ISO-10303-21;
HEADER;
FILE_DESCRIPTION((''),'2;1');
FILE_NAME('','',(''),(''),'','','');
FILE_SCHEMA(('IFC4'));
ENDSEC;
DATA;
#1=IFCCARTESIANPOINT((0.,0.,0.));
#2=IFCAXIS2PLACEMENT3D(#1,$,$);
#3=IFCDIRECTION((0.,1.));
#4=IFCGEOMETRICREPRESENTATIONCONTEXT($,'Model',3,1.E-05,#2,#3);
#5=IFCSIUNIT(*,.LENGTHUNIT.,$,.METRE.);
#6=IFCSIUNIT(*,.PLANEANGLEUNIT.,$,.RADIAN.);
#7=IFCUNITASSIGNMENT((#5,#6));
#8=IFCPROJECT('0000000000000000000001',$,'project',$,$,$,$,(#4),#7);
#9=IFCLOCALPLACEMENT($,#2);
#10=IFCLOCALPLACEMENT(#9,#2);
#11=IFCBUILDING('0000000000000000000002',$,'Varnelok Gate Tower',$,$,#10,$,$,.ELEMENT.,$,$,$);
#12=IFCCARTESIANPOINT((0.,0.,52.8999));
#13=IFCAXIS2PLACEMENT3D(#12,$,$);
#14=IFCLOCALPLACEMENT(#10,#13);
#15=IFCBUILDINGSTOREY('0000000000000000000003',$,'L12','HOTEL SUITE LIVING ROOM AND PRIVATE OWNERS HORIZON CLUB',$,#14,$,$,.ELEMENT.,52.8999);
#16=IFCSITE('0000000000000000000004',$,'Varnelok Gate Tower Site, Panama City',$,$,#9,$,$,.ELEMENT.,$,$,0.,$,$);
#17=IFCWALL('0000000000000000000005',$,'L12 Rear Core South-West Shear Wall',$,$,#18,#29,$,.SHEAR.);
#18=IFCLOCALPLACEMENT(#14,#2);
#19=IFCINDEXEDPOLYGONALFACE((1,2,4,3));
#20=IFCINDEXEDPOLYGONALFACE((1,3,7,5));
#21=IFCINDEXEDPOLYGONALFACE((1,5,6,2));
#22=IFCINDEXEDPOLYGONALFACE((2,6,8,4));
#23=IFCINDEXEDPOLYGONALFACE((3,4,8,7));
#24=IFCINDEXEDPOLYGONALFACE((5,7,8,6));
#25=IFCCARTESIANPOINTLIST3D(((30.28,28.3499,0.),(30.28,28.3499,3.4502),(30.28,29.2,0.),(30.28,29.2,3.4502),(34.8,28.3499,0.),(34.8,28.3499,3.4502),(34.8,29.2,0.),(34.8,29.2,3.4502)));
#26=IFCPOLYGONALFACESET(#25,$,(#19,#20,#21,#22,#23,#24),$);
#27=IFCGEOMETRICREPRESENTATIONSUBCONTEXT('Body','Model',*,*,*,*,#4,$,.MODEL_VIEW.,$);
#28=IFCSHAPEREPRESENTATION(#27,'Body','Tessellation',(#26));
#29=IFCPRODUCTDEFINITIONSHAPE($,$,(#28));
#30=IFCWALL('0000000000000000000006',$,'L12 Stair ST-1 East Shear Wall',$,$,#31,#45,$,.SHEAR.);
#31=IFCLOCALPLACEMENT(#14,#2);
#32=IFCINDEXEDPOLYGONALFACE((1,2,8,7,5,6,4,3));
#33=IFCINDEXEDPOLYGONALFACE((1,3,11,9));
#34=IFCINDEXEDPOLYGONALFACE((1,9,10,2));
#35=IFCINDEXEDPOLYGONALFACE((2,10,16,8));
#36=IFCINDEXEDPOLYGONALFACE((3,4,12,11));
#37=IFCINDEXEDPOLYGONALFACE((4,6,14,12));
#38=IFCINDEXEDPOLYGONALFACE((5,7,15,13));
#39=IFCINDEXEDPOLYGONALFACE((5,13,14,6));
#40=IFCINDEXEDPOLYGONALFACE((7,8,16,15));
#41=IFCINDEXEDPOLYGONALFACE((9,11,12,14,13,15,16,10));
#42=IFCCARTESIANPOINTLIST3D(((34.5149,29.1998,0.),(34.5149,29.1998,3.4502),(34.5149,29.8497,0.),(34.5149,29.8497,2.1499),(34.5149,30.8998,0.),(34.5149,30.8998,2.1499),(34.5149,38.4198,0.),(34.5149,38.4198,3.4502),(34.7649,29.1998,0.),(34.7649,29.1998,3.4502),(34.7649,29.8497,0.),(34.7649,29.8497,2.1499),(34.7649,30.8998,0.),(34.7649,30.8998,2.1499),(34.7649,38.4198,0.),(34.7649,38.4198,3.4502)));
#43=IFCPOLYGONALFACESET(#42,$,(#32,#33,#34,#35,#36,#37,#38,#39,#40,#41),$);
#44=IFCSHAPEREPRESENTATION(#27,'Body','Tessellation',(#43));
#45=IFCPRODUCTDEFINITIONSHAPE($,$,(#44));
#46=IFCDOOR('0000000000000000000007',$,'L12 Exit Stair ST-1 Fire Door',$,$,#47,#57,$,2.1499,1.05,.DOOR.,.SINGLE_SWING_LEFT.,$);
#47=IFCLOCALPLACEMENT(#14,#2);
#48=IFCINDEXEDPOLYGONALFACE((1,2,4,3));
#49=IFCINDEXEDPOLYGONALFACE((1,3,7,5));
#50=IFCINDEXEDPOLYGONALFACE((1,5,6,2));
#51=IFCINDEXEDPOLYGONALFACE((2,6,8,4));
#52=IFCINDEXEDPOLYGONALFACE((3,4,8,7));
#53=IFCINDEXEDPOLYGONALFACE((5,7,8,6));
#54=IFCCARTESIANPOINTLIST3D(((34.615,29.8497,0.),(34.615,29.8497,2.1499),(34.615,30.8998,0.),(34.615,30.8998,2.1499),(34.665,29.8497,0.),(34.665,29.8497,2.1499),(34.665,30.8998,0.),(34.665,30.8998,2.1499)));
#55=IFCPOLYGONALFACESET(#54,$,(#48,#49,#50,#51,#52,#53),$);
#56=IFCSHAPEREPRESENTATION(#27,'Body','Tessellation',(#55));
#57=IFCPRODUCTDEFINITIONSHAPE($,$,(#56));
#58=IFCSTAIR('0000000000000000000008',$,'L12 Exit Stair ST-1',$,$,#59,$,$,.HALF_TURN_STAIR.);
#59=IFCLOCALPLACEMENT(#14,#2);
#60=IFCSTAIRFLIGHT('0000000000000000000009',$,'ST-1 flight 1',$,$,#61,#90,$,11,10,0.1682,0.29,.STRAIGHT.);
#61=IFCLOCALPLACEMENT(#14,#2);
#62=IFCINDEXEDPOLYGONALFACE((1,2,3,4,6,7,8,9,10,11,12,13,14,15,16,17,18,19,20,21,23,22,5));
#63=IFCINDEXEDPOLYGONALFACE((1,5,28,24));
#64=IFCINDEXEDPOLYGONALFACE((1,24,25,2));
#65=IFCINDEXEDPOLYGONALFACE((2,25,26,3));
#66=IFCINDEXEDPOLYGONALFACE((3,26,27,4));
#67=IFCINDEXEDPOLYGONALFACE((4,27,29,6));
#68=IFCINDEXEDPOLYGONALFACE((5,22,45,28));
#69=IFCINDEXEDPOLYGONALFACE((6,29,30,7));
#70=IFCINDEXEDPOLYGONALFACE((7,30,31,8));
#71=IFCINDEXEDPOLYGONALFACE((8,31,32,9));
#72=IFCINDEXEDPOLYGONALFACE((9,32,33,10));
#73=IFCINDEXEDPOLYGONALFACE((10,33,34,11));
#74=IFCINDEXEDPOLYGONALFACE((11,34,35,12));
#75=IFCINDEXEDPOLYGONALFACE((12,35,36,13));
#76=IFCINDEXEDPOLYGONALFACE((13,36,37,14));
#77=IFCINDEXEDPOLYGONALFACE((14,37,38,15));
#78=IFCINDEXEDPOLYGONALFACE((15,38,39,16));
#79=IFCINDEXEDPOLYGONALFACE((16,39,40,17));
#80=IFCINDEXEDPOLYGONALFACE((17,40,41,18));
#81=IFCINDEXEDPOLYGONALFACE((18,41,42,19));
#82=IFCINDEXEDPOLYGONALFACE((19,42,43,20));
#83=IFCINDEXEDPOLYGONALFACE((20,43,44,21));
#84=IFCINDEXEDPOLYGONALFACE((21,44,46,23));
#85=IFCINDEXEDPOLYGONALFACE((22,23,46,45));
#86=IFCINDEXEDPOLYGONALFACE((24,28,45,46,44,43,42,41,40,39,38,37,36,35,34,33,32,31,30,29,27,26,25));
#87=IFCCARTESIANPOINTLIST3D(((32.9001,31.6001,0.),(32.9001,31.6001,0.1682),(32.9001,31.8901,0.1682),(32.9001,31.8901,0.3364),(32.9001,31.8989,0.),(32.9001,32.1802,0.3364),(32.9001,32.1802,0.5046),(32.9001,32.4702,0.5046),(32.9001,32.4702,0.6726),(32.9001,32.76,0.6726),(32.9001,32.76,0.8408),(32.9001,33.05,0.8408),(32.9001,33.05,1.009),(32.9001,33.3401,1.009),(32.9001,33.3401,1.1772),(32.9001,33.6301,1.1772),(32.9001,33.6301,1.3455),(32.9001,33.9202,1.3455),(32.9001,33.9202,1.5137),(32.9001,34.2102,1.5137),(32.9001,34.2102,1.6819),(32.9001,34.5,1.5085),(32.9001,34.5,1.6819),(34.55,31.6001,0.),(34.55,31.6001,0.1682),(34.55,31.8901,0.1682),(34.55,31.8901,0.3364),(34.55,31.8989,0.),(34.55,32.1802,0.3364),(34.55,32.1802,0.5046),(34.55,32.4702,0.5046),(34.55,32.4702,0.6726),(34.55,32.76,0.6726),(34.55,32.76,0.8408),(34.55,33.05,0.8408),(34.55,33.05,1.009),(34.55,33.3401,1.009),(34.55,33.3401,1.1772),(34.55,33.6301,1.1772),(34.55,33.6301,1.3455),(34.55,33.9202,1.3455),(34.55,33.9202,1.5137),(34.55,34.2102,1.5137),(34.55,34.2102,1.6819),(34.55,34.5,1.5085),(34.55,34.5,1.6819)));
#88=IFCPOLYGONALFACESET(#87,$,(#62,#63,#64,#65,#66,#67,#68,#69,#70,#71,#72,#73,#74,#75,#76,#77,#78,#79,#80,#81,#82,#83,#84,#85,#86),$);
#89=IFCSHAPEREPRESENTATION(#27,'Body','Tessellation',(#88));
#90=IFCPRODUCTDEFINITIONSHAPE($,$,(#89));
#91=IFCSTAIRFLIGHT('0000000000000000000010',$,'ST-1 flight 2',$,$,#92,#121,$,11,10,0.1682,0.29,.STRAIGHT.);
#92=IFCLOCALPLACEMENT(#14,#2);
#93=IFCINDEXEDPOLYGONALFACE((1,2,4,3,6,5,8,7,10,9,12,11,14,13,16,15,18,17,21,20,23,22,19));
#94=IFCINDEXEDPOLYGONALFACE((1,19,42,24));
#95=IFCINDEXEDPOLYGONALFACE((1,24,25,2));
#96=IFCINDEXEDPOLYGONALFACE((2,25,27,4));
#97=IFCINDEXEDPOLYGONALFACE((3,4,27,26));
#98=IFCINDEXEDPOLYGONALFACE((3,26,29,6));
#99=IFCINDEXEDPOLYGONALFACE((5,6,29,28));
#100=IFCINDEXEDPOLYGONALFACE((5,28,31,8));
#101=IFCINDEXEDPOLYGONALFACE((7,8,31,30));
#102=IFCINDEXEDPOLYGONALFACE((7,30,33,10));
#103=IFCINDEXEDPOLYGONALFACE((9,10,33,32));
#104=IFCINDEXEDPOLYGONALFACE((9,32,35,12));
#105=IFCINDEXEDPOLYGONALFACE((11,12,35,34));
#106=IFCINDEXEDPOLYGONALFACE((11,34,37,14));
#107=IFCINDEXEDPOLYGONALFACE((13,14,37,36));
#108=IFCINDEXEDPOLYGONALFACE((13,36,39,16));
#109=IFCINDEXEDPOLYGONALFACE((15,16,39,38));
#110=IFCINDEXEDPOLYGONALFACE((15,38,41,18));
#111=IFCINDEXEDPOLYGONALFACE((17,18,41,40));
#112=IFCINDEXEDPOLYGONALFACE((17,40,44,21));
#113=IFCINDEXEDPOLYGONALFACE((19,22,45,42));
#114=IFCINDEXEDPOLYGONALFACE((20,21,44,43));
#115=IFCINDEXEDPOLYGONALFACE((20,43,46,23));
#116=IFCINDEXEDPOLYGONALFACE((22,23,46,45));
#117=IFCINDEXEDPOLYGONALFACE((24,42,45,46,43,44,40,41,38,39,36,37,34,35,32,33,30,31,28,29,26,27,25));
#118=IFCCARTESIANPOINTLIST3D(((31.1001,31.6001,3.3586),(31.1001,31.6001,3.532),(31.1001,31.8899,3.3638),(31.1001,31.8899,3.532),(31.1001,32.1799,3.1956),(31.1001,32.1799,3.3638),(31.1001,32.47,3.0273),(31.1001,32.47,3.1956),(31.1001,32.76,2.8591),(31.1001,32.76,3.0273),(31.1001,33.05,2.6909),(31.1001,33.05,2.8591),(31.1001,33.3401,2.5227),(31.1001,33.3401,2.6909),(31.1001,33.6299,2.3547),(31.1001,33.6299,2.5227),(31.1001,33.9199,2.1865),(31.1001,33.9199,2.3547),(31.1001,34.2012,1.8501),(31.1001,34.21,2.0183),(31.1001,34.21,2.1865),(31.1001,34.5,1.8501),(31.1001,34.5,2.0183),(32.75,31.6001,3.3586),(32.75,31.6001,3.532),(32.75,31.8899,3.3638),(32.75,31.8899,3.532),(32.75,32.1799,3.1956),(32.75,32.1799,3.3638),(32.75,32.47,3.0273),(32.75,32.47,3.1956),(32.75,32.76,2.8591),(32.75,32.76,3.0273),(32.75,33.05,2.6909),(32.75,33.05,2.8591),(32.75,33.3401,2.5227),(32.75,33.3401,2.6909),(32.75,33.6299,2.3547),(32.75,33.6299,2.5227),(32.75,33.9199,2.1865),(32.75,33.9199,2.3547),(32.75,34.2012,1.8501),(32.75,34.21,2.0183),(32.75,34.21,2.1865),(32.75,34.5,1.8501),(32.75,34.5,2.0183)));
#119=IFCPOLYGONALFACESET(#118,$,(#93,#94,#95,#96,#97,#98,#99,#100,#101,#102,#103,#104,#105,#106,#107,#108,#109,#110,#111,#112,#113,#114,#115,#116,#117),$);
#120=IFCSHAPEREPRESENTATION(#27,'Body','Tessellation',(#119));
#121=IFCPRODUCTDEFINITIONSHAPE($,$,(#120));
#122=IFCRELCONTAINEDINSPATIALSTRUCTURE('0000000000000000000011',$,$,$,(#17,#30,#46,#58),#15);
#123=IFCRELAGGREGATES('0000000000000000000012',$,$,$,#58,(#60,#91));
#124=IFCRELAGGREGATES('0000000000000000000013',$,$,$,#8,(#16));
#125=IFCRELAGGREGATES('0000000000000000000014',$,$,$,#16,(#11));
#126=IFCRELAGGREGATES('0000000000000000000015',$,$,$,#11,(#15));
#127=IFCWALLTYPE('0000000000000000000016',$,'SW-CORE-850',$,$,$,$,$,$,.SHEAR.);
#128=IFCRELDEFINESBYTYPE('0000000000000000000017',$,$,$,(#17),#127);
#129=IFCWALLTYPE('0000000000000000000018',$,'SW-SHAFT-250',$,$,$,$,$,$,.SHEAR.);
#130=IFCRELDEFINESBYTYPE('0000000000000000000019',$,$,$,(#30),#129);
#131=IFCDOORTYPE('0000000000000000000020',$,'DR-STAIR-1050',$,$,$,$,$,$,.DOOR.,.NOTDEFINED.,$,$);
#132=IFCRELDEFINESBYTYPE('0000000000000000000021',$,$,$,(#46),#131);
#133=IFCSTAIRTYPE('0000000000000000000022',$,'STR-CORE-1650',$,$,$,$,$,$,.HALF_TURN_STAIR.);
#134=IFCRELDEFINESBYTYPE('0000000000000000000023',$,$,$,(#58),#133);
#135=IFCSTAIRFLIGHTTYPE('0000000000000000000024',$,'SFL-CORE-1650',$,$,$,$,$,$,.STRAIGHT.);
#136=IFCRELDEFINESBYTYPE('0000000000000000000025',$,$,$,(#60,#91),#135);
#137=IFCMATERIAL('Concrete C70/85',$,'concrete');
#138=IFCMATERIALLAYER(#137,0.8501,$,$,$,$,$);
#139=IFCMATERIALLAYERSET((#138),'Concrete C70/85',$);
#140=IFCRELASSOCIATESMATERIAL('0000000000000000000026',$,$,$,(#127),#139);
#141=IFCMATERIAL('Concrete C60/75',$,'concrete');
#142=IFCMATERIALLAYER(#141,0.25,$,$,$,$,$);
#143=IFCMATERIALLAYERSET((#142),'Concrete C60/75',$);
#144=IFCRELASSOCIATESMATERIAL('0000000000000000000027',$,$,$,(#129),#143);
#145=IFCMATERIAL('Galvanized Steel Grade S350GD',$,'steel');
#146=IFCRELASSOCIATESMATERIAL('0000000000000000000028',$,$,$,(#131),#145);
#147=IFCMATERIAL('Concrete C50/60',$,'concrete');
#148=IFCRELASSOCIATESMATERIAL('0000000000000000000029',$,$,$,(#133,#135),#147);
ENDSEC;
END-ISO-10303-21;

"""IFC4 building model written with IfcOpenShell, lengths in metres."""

from ifc_helpers import new_model, si_unit, direction, frame, frame_2d, origin, place, context, subcontext, project, spatial, polyline, rectangle, outline, extrude, material, layer, layer_set, type_object, element, fill, aggregate, save


model = new_model("IFC4")

# Units and contexts
model_context = context("Model", 3, precision=1e-05, world=origin(), true_north=direction((0.0, 1.0)))
body_context = subcontext(model_context, "Body", "Model", "MODEL_VIEW")
ifc_project = project(units=[si_unit("LENGTHUNIT", "METRE"), si_unit("PLANEANGLEUNIT", "RADIAN")], contexts=[model_context])

# Site, building, storey
site_placement = place(None, origin())
site = spatial("IfcSite", under=ifc_project, at=site_placement, Name="Varnelok Gate Tower Site, Panama City", CompositionType="ELEMENT", RefElevation=0.0)
building_placement = place(site_placement, origin())
building = spatial("IfcBuilding", under=site, at=building_placement, Name="Varnelok Gate Tower", CompositionType="ELEMENT")
storey_placement = place(building_placement, frame((0.0, 0.0, 52.8999)))
storey = spatial("IfcBuildingStorey", under=building, at=storey_placement, Name="L12", Description="HOTEL SUITE LIVING ROOM AND PRIVATE OWNERS HORIZON CLUB", CompositionType="ELEMENT", Elevation=52.8999)

# Shared definitions
ifc_material_1 = material(Name="Galvanized Steel Grade S350GD", Category="steel")

# Wall
ifc_material_2 = material(Name="Concrete C70/85", Category="concrete")
ifc_layer_1 = layer(ifc_material_2, 0.8501)
ifc_layer_set_1 = layer_set([ifc_layer_1], Name="Concrete C70/85")
wall_type_1 = type_object("IfcWallType", Name="SW-CORE-850", PredefinedType="SHEAR", material=ifc_layer_set_1)
wall_1_placement = place(storey_placement, frame((30.28, 28.7749, 0.0), z_axis=(0.0, 0.0, 1.0), x_axis=(1.0, 0.0, 0.0)))
element("IfcWall", 1, at=wall_1_placement, inside=storey, type_object=wall_type_1, Name="L12 Rear Core South-West Shear Wall", PredefinedType="SHEAR", context=body_context, shape_type="SweptSolid", body=[
    extrude(rectangle(XDim=4.52, YDim=0.8501, at=frame_2d((2.26, 0.0))), origin(), (0.0, 0.0, 1.0), 3.4502),
])

# Wall, opening, door
ifc_material_3 = material(Name="Concrete C60/75", Category="concrete")
ifc_layer_2 = layer(ifc_material_3, 0.25)
ifc_layer_set_2 = layer_set([ifc_layer_2], Name="Concrete C60/75")
wall_type_2 = type_object("IfcWallType", Name="SW-SHAFT-250", PredefinedType="SHEAR", material=ifc_layer_set_2)
wall_2_placement = place(storey_placement, frame((34.6399, 29.2, 0.0), z_axis=(0.0, 0.0, 1.0), x_axis=(0.0, 1.0, 0.0)))
wall_2 = element("IfcWall", 2, at=wall_2_placement, inside=storey, type_object=wall_type_2, Name="L12 Stair ST-1 East Shear Wall", PredefinedType="SHEAR", context=body_context, shape_type="SweptSolid", body=[
    extrude(rectangle(XDim=9.22, YDim=0.25, at=frame_2d((4.6099, 0.0))), origin(), (0.0, 0.0, 1.0), 3.4502),
])
opening_1_placement = place(wall_2_placement, frame((0.6499, 0.0, 0.0)))
opening_1 = element("IfcOpeningElement", 3, at=opening_1_placement, cuts=wall_2, PredefinedType="OPENING", context=body_context, shape_type="SweptSolid", body=[
    extrude(rectangle(XDim=1.05, YDim=2.1499, at=frame_2d((0.5249, 1.075))), frame((0.0, 0.135, 0.0), z_axis=(0.0, -1.0, 0.0), x_axis=(1.0, 0.0, 0.0)), (0.0, 0.0, 1.0), 0.27),
])
door_type_1 = type_object("IfcDoorType", Name="DR-STAIR-1050", OperationType="NOTDEFINED", PredefinedType="DOOR", material=ifc_material_1)
door_1_placement = place(opening_1_placement, origin())
door_1 = element("IfcDoor", 4, at=door_1_placement, inside=storey, type_object=door_type_1, Name="L12 Exit Stair ST-1 Fire Door", OperationType="SINGLE_SWING_LEFT", OverallHeight=2.1499, OverallWidth=1.05, PredefinedType="DOOR", context=body_context, shape_type="SweptSolid", body=[
    extrude(rectangle(XDim=1.05, YDim=2.1499, at=frame_2d((0.5249, 1.075))), frame((0.0, 0.0249, 0.0), z_axis=(0.0, -1.0, 0.0), x_axis=(1.0, 0.0, 0.0)), (0.0, 0.0, 1.0), 0.05),
])
fill(opening_1, door_1)

# Stair, stair flights
ifc_material_4 = material(Name="Concrete C50/60", Category="concrete")
stair_type = type_object("IfcStairType", Name="STR-CORE-1650", PredefinedType="HALF_TURN_STAIR", material=ifc_material_4)
stair_placement = place(storey_placement, origin())
stair = element("IfcStair", 5, at=stair_placement, inside=storey, type_object=stair_type, Name="L12 Exit Stair ST-1", PredefinedType="HALF_TURN_STAIR")
stair_flight_type = type_object("IfcStairFlightType", Name="SFL-CORE-1650", PredefinedType="STRAIGHT", material=ifc_material_4)
stair_flight_1_placement = place(storey_placement, frame((33.7251, 31.6001, 0.0), z_axis=(0.0, 0.0, 1.0), x_axis=(0.0, 1.0, 0.0)))
stair_flight_1 = element("IfcStairFlight", 6, at=stair_flight_1_placement, type_object=stair_flight_type, Name="ST-1 flight 1", NumberOfRisers=11, NumberOfTreads=10, PredefinedType="STRAIGHT", RiserHeight=0.1682, TreadLength=0.29, context=body_context, shape_type="SweptSolid", body=[
    extrude(outline(polyline([(0.0, 0.0), (0.0, 0.1682), (0.29, 0.1682), (0.29, 0.3364), (0.5801, 0.3364), (0.5801, 0.5046), (0.8701, 0.5046), (0.8701, 0.6726), (1.1599, 0.6726), (1.1599, 0.8408), (1.45, 0.8408), (1.45, 1.009), (1.74, 1.009), (1.74, 1.1772), (2.03, 1.1772), (2.03, 1.3455), (2.3201, 1.3455), (2.3201, 1.5137), (2.6101, 1.5137), (2.6101, 1.6819), (2.8999, 1.6819), (2.8999, 1.8501), (2.8999, 1.5085), (0.2988, 0.0), (0.0, 0.0)])), frame((0.0, 0.825, 0.0), z_axis=(0.0, -1.0, 0.0), x_axis=(1.0, 0.0, 0.0)), (0.0, 0.0, 1.0), 1.6499),
])
stair_flight_2_placement = place(storey_placement, frame((31.925, 34.5, 1.8501), z_axis=(0.0, 0.0, 1.0), x_axis=(0.0, -1.0, 0.0)))
stair_flight_2 = element("IfcStairFlight", 7, at=stair_flight_2_placement, type_object=stair_flight_type, Name="ST-1 flight 2", NumberOfRisers=11, NumberOfTreads=10, PredefinedType="STRAIGHT", RiserHeight=0.1682, TreadLength=0.29, context=body_context, shape_type="SweptSolid", body=[
    extrude(outline(polyline([(0.0, 0.0), (0.0, 0.1682), (0.29, 0.1682), (0.29, 0.3364), (0.5801, 0.3364), (0.5801, 0.5046), (0.8701, 0.5046), (0.8701, 0.6726), (1.1599, 0.6726), (1.1599, 0.8408), (1.45, 0.8408), (1.45, 1.009), (1.74, 1.009), (1.74, 1.1772), (2.03, 1.1772), (2.03, 1.3455), (2.3201, 1.3455), (2.3201, 1.5137), (2.6101, 1.5137), (2.6101, 1.6819), (2.8999, 1.6819), (2.8999, 1.8501), (2.8999, 1.5085), (0.2988, 0.0), (0.0, 0.0)])), frame((0.0, 0.825, 0.0), z_axis=(0.0, -1.0, 0.0), x_axis=(1.0, 0.0, 0.0)), (0.0, 0.0, 1.0), 1.6499),
])
aggregate(stair, [stair_flight_1, stair_flight_2])

save(model, "model.ifc")
